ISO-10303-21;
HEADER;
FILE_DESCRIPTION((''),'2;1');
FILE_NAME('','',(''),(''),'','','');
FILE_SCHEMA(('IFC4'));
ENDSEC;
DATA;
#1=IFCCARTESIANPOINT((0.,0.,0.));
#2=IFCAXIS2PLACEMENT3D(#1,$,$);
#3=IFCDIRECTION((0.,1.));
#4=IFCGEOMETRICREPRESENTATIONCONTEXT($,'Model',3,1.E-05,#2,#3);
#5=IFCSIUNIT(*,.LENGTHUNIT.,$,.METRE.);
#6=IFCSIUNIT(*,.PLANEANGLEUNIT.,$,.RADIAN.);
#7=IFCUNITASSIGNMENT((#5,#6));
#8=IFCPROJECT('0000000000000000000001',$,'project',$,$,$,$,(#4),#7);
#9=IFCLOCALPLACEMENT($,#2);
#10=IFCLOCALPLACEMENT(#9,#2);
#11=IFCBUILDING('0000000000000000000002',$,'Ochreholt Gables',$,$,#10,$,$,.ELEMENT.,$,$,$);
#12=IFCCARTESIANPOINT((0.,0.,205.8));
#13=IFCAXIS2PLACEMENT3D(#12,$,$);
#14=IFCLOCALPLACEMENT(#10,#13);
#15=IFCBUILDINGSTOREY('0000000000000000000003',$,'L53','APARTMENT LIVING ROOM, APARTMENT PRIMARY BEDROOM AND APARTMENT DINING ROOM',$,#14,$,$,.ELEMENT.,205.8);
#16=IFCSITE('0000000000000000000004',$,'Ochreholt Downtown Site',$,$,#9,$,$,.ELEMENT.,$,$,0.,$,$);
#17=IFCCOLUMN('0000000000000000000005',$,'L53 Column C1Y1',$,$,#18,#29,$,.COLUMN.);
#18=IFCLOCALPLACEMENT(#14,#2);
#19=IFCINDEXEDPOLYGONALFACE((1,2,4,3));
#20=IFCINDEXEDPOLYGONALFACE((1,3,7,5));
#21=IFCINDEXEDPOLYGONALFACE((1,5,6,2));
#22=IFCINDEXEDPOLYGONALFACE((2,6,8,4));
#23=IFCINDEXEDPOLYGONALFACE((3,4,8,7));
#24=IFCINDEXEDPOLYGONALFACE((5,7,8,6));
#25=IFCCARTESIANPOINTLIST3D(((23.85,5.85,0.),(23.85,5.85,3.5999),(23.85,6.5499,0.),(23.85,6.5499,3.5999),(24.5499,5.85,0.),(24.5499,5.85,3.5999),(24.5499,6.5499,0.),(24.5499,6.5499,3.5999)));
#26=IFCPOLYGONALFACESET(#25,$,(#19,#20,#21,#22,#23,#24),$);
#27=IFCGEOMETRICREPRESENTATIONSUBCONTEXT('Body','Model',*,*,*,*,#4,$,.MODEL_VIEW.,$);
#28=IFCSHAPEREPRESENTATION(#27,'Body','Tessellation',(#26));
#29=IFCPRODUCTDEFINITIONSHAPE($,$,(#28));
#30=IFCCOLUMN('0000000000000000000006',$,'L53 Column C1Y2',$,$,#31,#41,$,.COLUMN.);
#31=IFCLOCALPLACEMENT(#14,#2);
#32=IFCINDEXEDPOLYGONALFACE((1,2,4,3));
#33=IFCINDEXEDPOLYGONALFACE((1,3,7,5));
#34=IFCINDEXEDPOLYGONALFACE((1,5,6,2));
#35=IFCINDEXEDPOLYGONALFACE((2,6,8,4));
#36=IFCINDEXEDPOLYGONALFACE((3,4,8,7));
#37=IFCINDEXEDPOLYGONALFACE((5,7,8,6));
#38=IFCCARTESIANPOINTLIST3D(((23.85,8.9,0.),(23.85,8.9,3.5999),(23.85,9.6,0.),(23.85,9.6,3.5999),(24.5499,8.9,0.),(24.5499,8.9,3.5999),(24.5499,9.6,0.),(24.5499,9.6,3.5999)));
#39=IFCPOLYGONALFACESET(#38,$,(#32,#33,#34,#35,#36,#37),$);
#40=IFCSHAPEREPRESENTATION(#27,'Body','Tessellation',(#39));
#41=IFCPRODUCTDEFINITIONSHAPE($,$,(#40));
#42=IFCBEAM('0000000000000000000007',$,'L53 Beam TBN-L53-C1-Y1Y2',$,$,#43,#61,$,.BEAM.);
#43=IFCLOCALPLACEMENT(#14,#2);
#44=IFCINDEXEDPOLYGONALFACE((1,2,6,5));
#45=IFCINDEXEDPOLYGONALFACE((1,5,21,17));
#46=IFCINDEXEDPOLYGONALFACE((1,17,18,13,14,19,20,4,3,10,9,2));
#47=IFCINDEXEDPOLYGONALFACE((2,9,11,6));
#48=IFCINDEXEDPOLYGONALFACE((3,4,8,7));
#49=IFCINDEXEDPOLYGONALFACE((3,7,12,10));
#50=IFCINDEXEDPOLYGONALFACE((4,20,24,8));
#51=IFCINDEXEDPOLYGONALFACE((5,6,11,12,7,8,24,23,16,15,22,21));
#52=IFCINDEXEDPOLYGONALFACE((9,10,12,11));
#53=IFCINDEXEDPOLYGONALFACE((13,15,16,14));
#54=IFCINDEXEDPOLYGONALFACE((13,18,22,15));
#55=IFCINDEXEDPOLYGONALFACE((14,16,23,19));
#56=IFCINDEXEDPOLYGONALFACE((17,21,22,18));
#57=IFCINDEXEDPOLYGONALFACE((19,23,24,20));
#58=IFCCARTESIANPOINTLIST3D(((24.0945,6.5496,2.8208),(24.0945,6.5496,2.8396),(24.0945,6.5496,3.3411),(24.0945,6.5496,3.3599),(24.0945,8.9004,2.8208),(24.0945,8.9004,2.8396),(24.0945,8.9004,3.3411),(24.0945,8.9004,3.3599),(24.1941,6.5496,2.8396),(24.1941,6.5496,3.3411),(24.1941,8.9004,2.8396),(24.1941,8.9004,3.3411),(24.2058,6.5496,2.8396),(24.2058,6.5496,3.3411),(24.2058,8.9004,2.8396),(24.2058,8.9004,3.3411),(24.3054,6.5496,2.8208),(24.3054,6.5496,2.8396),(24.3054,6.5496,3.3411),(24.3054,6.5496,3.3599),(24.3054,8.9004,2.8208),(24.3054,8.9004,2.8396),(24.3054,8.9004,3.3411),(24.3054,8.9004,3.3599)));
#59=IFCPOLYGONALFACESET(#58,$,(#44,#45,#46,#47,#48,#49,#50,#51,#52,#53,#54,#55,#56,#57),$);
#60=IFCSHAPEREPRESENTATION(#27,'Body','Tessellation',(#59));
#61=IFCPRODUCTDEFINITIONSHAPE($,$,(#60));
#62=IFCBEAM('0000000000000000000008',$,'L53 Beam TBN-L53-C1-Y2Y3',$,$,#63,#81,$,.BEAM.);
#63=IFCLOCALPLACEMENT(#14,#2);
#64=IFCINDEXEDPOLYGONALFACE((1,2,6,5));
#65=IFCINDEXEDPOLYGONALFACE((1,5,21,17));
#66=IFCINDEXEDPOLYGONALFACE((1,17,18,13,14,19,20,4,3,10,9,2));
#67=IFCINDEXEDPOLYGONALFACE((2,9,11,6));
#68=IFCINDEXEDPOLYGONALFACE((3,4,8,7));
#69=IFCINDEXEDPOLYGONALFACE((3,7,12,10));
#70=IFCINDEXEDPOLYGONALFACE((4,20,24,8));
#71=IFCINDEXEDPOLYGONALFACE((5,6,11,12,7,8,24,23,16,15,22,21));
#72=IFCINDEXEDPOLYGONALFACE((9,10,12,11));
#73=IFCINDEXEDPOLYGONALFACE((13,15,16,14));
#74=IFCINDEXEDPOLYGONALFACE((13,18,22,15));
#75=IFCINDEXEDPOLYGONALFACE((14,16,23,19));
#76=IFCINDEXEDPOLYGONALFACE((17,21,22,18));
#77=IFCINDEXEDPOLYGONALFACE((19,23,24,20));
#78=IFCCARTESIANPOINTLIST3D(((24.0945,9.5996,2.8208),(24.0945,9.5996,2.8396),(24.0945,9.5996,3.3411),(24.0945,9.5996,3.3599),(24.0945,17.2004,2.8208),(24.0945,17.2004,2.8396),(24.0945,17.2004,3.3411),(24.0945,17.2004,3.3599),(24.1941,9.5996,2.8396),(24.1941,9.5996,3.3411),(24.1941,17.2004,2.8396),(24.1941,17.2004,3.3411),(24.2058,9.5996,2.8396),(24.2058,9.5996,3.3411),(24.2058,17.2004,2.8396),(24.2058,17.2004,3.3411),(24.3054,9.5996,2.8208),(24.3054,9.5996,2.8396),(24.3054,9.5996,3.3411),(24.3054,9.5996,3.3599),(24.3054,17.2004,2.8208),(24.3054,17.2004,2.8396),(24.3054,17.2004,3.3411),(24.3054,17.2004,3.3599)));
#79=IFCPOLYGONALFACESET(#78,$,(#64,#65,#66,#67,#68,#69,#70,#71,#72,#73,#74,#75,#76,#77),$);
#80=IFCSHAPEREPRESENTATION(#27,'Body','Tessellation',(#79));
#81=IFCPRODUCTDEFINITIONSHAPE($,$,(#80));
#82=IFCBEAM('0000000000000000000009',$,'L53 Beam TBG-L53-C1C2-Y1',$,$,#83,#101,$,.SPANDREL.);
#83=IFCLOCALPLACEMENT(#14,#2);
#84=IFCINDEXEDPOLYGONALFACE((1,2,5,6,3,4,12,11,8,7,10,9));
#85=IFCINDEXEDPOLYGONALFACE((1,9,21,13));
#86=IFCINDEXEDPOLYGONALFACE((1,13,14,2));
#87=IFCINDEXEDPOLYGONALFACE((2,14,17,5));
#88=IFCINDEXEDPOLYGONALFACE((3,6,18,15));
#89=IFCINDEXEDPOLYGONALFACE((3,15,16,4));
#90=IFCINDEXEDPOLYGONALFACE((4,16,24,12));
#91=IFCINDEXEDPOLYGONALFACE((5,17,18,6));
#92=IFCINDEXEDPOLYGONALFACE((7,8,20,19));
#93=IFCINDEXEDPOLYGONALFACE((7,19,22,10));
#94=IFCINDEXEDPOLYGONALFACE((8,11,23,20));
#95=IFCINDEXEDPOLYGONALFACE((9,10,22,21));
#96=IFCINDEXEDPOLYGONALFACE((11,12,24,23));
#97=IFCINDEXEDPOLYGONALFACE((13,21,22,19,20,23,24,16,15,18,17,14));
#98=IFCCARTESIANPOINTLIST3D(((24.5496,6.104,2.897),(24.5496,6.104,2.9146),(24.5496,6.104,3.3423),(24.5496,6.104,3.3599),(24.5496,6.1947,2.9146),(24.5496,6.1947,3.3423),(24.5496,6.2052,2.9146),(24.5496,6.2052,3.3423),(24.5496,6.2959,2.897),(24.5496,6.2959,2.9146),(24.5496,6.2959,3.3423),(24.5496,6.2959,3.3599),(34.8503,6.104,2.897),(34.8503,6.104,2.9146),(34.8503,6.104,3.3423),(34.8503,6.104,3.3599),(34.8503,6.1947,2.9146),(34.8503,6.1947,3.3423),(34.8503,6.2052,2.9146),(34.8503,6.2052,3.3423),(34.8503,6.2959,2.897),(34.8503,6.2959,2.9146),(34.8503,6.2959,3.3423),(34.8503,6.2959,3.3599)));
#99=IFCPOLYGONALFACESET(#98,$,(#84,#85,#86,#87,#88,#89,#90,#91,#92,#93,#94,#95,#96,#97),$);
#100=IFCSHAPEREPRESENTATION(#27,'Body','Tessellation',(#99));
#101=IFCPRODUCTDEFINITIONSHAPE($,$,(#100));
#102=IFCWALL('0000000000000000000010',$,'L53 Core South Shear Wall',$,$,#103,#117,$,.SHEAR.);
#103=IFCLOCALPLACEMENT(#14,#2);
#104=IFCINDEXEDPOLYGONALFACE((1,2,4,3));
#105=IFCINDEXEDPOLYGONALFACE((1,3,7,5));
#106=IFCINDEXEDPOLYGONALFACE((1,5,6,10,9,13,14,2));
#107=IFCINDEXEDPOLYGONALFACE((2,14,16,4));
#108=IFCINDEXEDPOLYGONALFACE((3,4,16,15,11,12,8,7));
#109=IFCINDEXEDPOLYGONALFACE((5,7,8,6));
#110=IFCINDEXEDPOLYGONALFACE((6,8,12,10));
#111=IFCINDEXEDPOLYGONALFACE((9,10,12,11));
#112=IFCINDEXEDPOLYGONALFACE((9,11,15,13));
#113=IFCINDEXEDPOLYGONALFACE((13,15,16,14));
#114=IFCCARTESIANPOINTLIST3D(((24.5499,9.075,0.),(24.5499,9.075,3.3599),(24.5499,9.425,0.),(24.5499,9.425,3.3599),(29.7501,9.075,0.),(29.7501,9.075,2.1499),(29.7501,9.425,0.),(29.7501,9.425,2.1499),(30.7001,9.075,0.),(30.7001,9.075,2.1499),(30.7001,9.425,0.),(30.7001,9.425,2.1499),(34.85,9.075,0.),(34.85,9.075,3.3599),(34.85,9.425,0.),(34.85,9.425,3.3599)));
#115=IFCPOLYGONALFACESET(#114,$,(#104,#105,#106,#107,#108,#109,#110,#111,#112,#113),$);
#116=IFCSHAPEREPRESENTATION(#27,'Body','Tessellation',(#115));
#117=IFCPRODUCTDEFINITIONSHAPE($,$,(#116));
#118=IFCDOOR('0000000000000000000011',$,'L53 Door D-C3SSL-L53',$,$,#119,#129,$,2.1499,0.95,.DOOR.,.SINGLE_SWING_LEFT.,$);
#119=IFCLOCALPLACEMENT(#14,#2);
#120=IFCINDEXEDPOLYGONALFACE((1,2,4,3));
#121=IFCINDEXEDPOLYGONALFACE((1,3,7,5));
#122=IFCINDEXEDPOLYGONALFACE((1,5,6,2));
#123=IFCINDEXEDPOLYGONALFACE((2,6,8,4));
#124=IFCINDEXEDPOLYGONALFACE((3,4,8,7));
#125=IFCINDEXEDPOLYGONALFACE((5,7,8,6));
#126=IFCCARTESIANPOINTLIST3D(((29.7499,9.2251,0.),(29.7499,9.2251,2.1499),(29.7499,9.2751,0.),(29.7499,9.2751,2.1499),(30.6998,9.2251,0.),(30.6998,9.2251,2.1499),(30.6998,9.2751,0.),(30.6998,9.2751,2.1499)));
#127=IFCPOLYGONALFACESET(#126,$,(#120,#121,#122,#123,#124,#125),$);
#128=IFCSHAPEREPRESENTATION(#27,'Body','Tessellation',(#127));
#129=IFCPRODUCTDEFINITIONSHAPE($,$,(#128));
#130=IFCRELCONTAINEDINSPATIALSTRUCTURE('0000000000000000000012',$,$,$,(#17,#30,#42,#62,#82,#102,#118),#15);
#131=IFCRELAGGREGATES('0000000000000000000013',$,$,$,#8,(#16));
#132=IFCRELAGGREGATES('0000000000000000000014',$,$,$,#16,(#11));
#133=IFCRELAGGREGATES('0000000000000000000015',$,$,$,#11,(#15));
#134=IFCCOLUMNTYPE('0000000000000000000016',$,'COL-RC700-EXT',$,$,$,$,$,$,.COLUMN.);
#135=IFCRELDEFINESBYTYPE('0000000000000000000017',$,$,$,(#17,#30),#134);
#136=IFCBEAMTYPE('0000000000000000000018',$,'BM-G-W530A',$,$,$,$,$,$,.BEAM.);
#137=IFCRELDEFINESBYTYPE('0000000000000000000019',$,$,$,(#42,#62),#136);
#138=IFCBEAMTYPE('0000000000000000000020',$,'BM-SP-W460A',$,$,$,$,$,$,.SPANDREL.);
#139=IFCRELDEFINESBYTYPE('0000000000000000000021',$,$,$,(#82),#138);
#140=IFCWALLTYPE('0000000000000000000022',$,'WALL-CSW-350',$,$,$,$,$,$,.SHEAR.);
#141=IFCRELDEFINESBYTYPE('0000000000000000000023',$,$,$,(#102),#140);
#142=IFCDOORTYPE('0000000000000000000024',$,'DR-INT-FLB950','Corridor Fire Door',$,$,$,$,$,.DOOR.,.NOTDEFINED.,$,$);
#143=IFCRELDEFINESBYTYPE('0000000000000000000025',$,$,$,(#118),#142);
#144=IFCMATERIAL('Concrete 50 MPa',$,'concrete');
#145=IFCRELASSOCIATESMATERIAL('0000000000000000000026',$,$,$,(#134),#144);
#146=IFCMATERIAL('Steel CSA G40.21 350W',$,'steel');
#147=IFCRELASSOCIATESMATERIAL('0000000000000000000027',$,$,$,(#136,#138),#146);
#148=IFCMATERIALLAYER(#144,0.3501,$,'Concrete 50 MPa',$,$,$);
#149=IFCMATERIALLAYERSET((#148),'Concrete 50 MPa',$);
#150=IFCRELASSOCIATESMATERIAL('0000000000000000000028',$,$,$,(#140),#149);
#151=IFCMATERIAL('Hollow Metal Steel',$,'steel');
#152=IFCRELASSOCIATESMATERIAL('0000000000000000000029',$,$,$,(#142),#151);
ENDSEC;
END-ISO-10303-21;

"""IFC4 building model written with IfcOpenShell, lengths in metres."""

from ifc_helpers import new_model, si_unit, direction, frame, frame_2d, origin, origin_2d, place, context, subcontext, project, spatial, rectangle, i_section, extrude, material, layer, layer_set, material_profile, profile_set, type_object, element, fill, save


model = new_model("IFC4")

# Units and contexts
model_context = context("Model", 3, precision=1e-05, world=origin(), true_north=direction((0.0, 1.0)))
body_context = subcontext(model_context, "Body", "Model", "MODEL_VIEW")
ifc_project = project(units=[si_unit("LENGTHUNIT", "METRE"), si_unit("PLANEANGLEUNIT", "RADIAN")], contexts=[model_context])

# Site, building, storey
site_placement = place(None, origin())
site = spatial("IfcSite", under=ifc_project, at=site_placement, Name="Ochreholt Downtown Site", CompositionType="ELEMENT", RefElevation=0.0)
building_placement = place(site_placement, origin())
building = spatial("IfcBuilding", under=site, at=building_placement, Name="Ochreholt Gables", CompositionType="ELEMENT")
storey_placement = place(building_placement, frame((0.0, 0.0, 205.8)))
storey = spatial("IfcBuildingStorey", under=building, at=storey_placement, Name="L53", Description="APARTMENT LIVING ROOM, APARTMENT PRIMARY BEDROOM AND APARTMENT DINING ROOM", CompositionType="ELEMENT", Elevation=205.8)

# Columns
ifc_material_1 = material(Name="Concrete 50 MPa", Category="concrete")
ifc_material_profile_1 = material_profile(ifc_material_1, rectangle(XDim=0.7, YDim=0.7, at=origin_2d()), Name="RC700X700")
ifc_profile_set_1 = profile_set([ifc_material_profile_1], Name="Concrete 50 MPa")
column_type = type_object("IfcColumnType", Name="COL-RC700-EXT", PredefinedType="COLUMN", material=ifc_profile_set_1)
for number, where, z_axis, x_axis, name in (
    (1, (24.2, 6.2, 0.0), (0.0, 0.0, 1.0), (1.0, 0.0, 0.0), "L53 Column C1Y1"),
    (2, (24.2, 9.25, 0.0), (0.0, 0.0, 1.0), (1.0, 0.0, 0.0), "L53 Column C1Y2"),
):
    element("IfcColumn", number, at=place(storey_placement, frame(where, z_axis=z_axis, x_axis=x_axis)), inside=storey, type_object=column_type, Name=name, PredefinedType="COLUMN", context=body_context, shape_type="SweptSolid", body=[
        extrude(rectangle(XDim=0.7, YDim=0.7, at=origin_2d()), origin(), (0.0, 0.0, 1.0), 3.5999),
    ])

# Beams
ifc_material_2 = material(Name="Steel CSA G40.21 350W", Category="steel")
ifc_material_profile_2 = material_profile(ifc_material_2, i_section(OverallWidth=0.2109, OverallDepth=0.5391, WebThickness=0.0117, FlangeThickness=0.0188, at=origin_2d()), Name="W530X109")
ifc_profile_set_2 = profile_set([ifc_material_profile_2], Name="Steel CSA G40.21 350W")
beam_type_1 = type_object("IfcBeamType", Name="BM-G-W530A", PredefinedType="BEAM", material=ifc_profile_set_2)
beam_1_placement = place(storey_placement, frame((24.2, 6.5496, 3.0903), z_axis=(0.0, 1.0, 0.0), x_axis=(-1.0, 0.0, 0.0)))
element("IfcBeam", 3, at=beam_1_placement, inside=storey, type_object=beam_type_1, Name="L53 Beam TBN-L53-C1-Y1Y2", PredefinedType="BEAM", context=body_context, shape_type="SweptSolid", body=[
    extrude(i_section(OverallWidth=0.2109, OverallDepth=0.5391, WebThickness=0.0117, FlangeThickness=0.0188, at=origin_2d()), origin(), (0.0, 0.0, 1.0), 2.3508),
])
beam_2_placement = place(storey_placement, frame((24.2, 9.5996, 3.0903), z_axis=(0.0, 1.0, 0.0), x_axis=(-1.0, 0.0, 0.0)))
element("IfcBeam", 4, at=beam_2_placement, inside=storey, type_object=beam_type_1, Name="L53 Beam TBN-L53-C1-Y2Y3", PredefinedType="BEAM", context=body_context, shape_type="SweptSolid", body=[
    extrude(i_section(OverallWidth=0.2109, OverallDepth=0.5391, WebThickness=0.0117, FlangeThickness=0.0188, at=origin_2d()), origin(), (0.0, 0.0, 1.0), 7.6008),
])
ifc_material_profile_3 = material_profile(ifc_material_2, i_section(OverallWidth=0.1919, OverallDepth=0.4629, WebThickness=0.0105, FlangeThickness=0.0176, at=origin_2d()), Name="W460X89")
ifc_profile_set_3 = profile_set([ifc_material_profile_3], Name="Steel CSA G40.21 350W")
beam_type_2 = type_object("IfcBeamType", Name="BM-SP-W460A", PredefinedType="SPANDREL", material=ifc_profile_set_3)
beam_3_placement = place(storey_placement, frame((24.5496, 6.2, 3.1284), z_axis=(1.0, 0.0, 0.0), x_axis=(0.0, 1.0, 0.0)))
element("IfcBeam", 5, at=beam_3_placement, inside=storey, type_object=beam_type_2, Name="L53 Beam TBG-L53-C1C2-Y1", PredefinedType="SPANDREL", context=body_context, shape_type="SweptSolid", body=[
    extrude(i_section(OverallWidth=0.1919, OverallDepth=0.4629, WebThickness=0.0105, FlangeThickness=0.0176, at=origin_2d()), origin(), (0.0, 0.0, 1.0), 10.3008),
])

# Wall, opening, door
ifc_layer_1 = layer(ifc_material_1, 0.3501, Name="Concrete 50 MPa")
ifc_layer_set_1 = layer_set([ifc_layer_1], Name="Concrete 50 MPa")
wall_type_1 = type_object("IfcWallType", Name="WALL-CSW-350", PredefinedType="SHEAR", material=ifc_layer_set_1)
wall_1_placement = place(storey_placement, frame((24.55, 9.25, 0.0), z_axis=(0.0, 0.0, 1.0), x_axis=(1.0, 0.0, 0.0)))
wall_1 = element("IfcWall", 6, at=wall_1_placement, inside=storey, type_object=wall_type_1, Name="L53 Core South Shear Wall", PredefinedType="SHEAR", context=body_context, shape_type="SweptSolid", body=[
    extrude(rectangle(XDim=10.3, YDim=0.3501, at=frame_2d((5.1499, 0.0))), origin(), (0.0, 0.0, 1.0), 3.3599),
])
opening_1_placement = place(wall_1_placement, frame((5.2, 0.0, 0.0)))
opening_1 = element("IfcOpeningElement", 7, at=opening_1_placement, cuts=wall_1, PredefinedType="OPENING", context=body_context, shape_type="SweptSolid", body=[
    extrude(rectangle(XDim=0.95, YDim=2.1499, at=frame_2d((0.4751, 1.075))), frame((0.0, 0.1851, 0.0), z_axis=(0.0, -1.0, 0.0), x_axis=(1.0, 0.0, 0.0)), (0.0, 0.0, 1.0), 0.3701),
])
ifc_material_3 = material(Name="Hollow Metal Steel", Category="steel")
door_type_1 = type_object("IfcDoorType", Name="DR-INT-FLB950", Description="Corridor Fire Door", OperationType="NOTDEFINED", PredefinedType="DOOR", material=ifc_material_3)
door_1_placement = place(opening_1_placement, frame((0.95, 0.0, 0.0), z_axis=(0.0, 0.0, 1.0), x_axis=(-1.0, 0.0, 0.0)))
door_1 = element("IfcDoor", 8, at=door_1_placement, inside=storey, type_object=door_type_1, Name="L53 Door D-C3SSL-L53", OperationType="SINGLE_SWING_LEFT", OverallHeight=2.1499, OverallWidth=0.95, PredefinedType="DOOR", context=body_context, shape_type="SweptSolid", body=[
    extrude(rectangle(XDim=0.95, YDim=2.1499, at=frame_2d((0.4751, 1.075))), frame((0.0, 0.0249, 0.0), z_axis=(0.0, -1.0, 0.0), x_axis=(1.0, 0.0, 0.0)), (0.0, 0.0, 1.0), 0.05),
])
fill(opening_1, door_1)

save(model, "model.ifc")
